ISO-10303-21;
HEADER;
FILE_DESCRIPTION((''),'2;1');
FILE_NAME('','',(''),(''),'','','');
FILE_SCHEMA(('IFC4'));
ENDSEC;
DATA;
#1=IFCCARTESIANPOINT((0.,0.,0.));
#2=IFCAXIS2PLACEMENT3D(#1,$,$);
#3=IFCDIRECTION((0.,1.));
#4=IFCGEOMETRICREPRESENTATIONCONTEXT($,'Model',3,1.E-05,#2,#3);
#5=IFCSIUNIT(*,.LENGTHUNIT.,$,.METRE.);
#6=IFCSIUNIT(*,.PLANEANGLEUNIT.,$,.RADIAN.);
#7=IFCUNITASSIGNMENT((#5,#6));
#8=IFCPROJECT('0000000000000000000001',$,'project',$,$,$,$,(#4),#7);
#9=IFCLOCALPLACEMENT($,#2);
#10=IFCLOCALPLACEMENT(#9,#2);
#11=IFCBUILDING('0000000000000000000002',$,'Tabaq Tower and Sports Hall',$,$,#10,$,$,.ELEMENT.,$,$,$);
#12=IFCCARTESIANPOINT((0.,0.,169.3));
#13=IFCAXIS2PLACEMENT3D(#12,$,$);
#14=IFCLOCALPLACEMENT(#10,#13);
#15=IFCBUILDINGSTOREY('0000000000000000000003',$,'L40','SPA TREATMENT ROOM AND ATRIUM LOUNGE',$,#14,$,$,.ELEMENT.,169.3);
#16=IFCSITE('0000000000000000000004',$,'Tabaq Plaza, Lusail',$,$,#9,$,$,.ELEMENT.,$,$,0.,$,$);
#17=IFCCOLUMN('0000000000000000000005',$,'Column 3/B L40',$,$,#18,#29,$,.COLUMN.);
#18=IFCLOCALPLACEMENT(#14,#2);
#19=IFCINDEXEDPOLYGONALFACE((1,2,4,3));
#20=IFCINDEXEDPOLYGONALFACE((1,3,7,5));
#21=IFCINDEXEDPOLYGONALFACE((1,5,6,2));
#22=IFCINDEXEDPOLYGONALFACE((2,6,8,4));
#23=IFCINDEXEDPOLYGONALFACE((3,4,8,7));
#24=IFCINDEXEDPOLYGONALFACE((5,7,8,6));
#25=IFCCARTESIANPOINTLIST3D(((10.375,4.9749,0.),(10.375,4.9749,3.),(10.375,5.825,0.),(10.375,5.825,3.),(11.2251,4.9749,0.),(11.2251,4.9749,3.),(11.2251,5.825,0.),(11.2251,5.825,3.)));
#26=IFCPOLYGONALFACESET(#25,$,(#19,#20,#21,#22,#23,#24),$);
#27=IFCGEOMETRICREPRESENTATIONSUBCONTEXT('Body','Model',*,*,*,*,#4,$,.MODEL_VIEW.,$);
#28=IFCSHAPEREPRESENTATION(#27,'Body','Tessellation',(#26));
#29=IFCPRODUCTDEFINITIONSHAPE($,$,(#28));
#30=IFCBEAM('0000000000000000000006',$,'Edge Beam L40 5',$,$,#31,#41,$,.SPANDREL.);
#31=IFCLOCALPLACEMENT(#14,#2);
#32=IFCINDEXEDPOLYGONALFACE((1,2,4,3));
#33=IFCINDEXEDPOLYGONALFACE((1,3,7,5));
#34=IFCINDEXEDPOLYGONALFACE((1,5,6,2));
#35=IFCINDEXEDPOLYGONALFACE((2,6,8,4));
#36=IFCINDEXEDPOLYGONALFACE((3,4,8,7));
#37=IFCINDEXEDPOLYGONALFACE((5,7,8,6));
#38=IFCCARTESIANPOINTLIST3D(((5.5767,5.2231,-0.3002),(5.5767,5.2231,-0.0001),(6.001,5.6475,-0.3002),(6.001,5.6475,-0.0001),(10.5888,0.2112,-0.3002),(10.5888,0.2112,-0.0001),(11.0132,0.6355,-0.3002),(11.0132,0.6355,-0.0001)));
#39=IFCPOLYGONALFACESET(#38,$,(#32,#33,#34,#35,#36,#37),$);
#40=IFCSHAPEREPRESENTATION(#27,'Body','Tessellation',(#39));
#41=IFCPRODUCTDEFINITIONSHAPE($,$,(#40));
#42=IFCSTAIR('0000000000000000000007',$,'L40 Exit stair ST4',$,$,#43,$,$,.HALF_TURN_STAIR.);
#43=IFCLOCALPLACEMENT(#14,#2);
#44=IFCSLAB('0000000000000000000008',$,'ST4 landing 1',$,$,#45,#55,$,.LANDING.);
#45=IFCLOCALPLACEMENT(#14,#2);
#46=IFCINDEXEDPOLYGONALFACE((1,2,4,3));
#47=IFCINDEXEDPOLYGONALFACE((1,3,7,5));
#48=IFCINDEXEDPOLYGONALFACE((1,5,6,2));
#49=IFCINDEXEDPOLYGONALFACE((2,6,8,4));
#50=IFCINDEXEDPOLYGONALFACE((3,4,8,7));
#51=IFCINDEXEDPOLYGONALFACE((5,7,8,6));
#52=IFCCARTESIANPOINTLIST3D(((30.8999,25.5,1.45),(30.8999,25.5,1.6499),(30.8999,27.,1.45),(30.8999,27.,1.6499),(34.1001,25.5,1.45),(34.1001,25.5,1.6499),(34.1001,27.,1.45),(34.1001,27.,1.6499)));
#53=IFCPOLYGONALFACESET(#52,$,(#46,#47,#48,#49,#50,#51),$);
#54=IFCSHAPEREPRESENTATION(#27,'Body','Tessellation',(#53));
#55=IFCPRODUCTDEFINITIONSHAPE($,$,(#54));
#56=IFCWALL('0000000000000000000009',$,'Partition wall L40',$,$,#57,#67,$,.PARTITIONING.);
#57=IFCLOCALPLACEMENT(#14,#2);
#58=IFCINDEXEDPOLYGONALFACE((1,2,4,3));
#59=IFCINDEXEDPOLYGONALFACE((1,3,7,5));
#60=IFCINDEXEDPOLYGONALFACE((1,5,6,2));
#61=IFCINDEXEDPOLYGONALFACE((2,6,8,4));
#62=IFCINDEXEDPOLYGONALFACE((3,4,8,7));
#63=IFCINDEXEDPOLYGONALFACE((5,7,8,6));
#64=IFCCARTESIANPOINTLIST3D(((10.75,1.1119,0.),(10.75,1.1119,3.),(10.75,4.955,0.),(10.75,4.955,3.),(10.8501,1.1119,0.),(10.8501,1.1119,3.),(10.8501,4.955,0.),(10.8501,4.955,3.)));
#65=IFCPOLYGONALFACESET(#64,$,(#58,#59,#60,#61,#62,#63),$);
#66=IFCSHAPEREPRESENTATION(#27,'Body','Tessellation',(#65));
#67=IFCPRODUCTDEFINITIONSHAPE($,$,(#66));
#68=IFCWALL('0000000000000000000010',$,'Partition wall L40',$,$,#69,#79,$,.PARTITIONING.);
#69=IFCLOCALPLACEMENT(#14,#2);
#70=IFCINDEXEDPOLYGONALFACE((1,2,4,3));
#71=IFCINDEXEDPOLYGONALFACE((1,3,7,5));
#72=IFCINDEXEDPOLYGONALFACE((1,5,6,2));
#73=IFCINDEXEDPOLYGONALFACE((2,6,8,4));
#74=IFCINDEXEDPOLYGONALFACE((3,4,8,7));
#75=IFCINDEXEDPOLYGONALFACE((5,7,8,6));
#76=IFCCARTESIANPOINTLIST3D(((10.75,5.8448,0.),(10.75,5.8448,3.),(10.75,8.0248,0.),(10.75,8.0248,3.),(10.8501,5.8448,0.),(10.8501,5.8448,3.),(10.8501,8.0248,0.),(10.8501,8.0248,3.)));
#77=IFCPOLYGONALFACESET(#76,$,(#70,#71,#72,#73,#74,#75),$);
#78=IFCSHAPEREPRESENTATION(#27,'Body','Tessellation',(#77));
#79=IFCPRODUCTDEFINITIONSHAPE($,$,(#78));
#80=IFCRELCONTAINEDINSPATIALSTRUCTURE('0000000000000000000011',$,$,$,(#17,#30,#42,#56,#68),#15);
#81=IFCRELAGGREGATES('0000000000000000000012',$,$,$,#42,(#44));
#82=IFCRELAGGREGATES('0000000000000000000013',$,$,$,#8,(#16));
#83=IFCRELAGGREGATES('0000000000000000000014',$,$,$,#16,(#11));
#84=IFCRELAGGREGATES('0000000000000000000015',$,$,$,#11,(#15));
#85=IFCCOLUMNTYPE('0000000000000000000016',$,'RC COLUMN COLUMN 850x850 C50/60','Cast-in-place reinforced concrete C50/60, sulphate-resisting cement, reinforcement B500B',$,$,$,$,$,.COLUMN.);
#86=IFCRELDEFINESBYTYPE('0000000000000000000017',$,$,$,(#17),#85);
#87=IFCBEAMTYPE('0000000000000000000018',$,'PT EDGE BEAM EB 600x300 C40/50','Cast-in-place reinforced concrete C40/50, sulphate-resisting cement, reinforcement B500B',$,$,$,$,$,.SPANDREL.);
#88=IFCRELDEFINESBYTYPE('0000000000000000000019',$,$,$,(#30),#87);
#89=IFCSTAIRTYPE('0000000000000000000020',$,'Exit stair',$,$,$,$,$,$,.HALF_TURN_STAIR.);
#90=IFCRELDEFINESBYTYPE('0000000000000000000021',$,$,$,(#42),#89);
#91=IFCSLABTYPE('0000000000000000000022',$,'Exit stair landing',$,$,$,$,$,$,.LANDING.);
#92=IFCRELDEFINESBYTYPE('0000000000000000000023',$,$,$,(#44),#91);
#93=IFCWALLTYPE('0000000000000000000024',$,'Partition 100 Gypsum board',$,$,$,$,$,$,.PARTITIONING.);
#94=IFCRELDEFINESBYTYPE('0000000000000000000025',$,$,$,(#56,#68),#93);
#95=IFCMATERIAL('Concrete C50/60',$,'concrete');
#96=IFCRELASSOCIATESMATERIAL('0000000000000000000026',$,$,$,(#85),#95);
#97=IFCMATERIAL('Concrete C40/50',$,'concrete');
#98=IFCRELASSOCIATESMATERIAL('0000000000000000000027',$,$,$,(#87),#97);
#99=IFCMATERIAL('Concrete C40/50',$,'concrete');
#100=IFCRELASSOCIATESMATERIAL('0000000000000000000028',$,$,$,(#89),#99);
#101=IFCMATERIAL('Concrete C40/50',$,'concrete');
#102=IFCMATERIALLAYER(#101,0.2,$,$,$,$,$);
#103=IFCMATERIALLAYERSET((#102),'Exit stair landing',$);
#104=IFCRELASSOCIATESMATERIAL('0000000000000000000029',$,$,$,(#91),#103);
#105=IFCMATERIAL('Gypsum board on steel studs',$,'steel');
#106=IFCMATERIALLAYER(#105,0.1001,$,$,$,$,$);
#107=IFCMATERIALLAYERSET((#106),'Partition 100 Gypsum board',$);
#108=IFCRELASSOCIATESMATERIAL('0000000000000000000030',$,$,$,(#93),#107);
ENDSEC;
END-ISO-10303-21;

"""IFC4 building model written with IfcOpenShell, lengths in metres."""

from ifc_helpers import new_model, si_unit, direction, frame, frame_2d, origin, origin_2d, place, context, subcontext, project, spatial, polyline, rectangle, outline, extrude, material, layer, layer_set, material_profile, profile_set, type_object, element, aggregate, save


model = new_model("IFC4")

# Units and contexts
model_context = context("Model", 3, precision=1e-05, world=origin(), true_north=direction((0.0, 1.0)))
body_context = subcontext(model_context, "Body", "Model", "MODEL_VIEW")
ifc_project = project(units=[si_unit("LENGTHUNIT", "METRE"), si_unit("PLANEANGLEUNIT", "RADIAN")], contexts=[model_context])

# Site, building, storey
site_placement = place(None, origin())
site = spatial("IfcSite", under=ifc_project, at=site_placement, Name="Tabaq Plaza, Lusail", CompositionType="ELEMENT", RefElevation=0.0)
building_placement = place(site_placement, origin())
building = spatial("IfcBuilding", under=site, at=building_placement, Name="Tabaq Tower and Sports Hall", CompositionType="ELEMENT")
storey_placement = place(building_placement, frame((0.0, 0.0, 169.3)))
storey = spatial("IfcBuildingStorey", under=building, at=storey_placement, Name="L40", Description="SPA TREATMENT ROOM AND ATRIUM LOUNGE", CompositionType="ELEMENT", Elevation=169.3)

# Column
ifc_material_1 = material(Name="Concrete C50/60", Category="concrete")
ifc_material_profile_1 = material_profile(ifc_material_1, rectangle(XDim=0.8501, YDim=0.8501, at=origin_2d()), Name="COLUMN 850x850")
ifc_profile_set_1 = profile_set([ifc_material_profile_1], Name="Concrete C50/60")
column_type = type_object("IfcColumnType", Name="RC COLUMN COLUMN 850x850 C50/60", Description="Cast-in-place reinforced concrete C50/60, sulphate-resisting cement, reinforcement B500B", PredefinedType="COLUMN", material=ifc_profile_set_1)
column_placement = place(storey_placement, frame((10.8, 5.3999, 0.0), z_axis=(0.0, 0.0, 1.0), x_axis=(1.0, 0.0, 0.0)))
element("IfcColumn", 1, at=column_placement, inside=storey, type_object=column_type, Name="Column 3/B L40", PredefinedType="COLUMN", context=body_context, shape_type="SweptSolid", body=[
    extrude(rectangle(XDim=0.8501, YDim=0.8501, at=origin_2d()), origin(), (0.0, 0.0, 1.0), 3.0),
])

# Beam
ifc_material_2 = material(Name="Concrete C40/50", Category="concrete")
ifc_material_profile_2 = material_profile(ifc_material_2, rectangle(XDim=0.6001, YDim=0.3, at=origin_2d()), Name="EB 600x300")
ifc_profile_set_2 = profile_set([ifc_material_profile_2], Name="Concrete C40/50")
beam_type = type_object("IfcBeamType", Name="PT EDGE BEAM EB 600x300 C40/50", Description="Cast-in-place reinforced concrete C40/50, sulphate-resisting cement, reinforcement B500B", PredefinedType="SPANDREL", material=ifc_profile_set_2)
beam_placement = place(storey_placement, frame((5.7888, 5.4353, -0.1501), z_axis=(0.707124, -0.70709, 0.0), x_axis=(0.70709, 0.707124, 0.0)))
element("IfcBeam", 2, at=beam_placement, inside=storey, type_object=beam_type, Name="Edge Beam L40 5", PredefinedType="SPANDREL", context=body_context, shape_type="SweptSolid", body=[
    extrude(rectangle(XDim=0.6001, YDim=0.3, at=origin_2d()), origin(), (0.0, 0.0, 1.0), 7.0881),
])

# Stair, slab
ifc_material_3 = material(Name="Concrete C40/50", Category="concrete")
stair_type = type_object("IfcStairType", Name="Exit stair", PredefinedType="HALF_TURN_STAIR", material=ifc_material_3)
stair_placement = place(storey_placement, origin())
stair = element("IfcStair", 3, at=stair_placement, inside=storey, type_object=stair_type, Name="L40 Exit stair ST4", PredefinedType="HALF_TURN_STAIR")
ifc_material_4 = material(Name="Concrete C40/50", Category="concrete")
ifc_layer_1 = layer(ifc_material_4, 0.2)
ifc_layer_set_1 = layer_set([ifc_layer_1], Name="Exit stair landing")
slab_type = type_object("IfcSlabType", Name="Exit stair landing", PredefinedType="LANDING", material=ifc_layer_set_1)
slab_placement = place(storey_placement, frame((0.0, 0.0, 1.45)))
slab = element("IfcSlab", 4, at=slab_placement, type_object=slab_type, Name="ST4 landing 1", PredefinedType="LANDING", context=body_context, shape_type="SweptSolid", body=[
    extrude(outline(polyline([(30.8999, 27.0), (30.8999, 25.5), (34.1001, 25.5), (34.1001, 27.0), (30.8999, 27.0)])), origin(), (0.0, 0.0, 1.0), 0.2),
])
aggregate(stair, [slab])

# Walls
ifc_material_5 = material(Name="Gypsum board on steel studs", Category="steel")
ifc_layer_2 = layer(ifc_material_5, 0.1001)
ifc_layer_set_2 = layer_set([ifc_layer_2], Name="Partition 100 Gypsum board")
wall_type_1 = type_object("IfcWallType", Name="Partition 100 Gypsum board", PredefinedType="PARTITIONING", material=ifc_layer_set_2)
wall_1_placement = place(storey_placement, frame((10.8, 1.1121, 0.0), z_axis=(0.0, 0.0, 1.0), x_axis=(0.0, 1.0, 0.0)))
element("IfcWall", 5, at=wall_1_placement, inside=storey, type_object=wall_type_1, Name="Partition wall L40", PredefinedType="PARTITIONING", context=body_context, shape_type="SweptSolid", body=[
    extrude(rectangle(XDim=3.843, YDim=0.1001, at=frame_2d((1.9214, 0.0))), origin(), (0.0, 0.0, 1.0), 3.0),
])
wall_2_placement = place(storey_placement, frame((10.8, 5.845, 0.0), z_axis=(0.0, 0.0, 1.0), x_axis=(0.0, 1.0, 0.0)))
element("IfcWall", 6, at=wall_2_placement, inside=storey, type_object=wall_type_1, Name="Partition wall L40", PredefinedType="PARTITIONING", context=body_context, shape_type="SweptSolid", body=[
    extrude(rectangle(XDim=2.1799, YDim=0.1001, at=frame_2d((1.0898, 0.0))), origin(), (0.0, 0.0, 1.0), 3.0),
])

save(model, "model.ifc")
